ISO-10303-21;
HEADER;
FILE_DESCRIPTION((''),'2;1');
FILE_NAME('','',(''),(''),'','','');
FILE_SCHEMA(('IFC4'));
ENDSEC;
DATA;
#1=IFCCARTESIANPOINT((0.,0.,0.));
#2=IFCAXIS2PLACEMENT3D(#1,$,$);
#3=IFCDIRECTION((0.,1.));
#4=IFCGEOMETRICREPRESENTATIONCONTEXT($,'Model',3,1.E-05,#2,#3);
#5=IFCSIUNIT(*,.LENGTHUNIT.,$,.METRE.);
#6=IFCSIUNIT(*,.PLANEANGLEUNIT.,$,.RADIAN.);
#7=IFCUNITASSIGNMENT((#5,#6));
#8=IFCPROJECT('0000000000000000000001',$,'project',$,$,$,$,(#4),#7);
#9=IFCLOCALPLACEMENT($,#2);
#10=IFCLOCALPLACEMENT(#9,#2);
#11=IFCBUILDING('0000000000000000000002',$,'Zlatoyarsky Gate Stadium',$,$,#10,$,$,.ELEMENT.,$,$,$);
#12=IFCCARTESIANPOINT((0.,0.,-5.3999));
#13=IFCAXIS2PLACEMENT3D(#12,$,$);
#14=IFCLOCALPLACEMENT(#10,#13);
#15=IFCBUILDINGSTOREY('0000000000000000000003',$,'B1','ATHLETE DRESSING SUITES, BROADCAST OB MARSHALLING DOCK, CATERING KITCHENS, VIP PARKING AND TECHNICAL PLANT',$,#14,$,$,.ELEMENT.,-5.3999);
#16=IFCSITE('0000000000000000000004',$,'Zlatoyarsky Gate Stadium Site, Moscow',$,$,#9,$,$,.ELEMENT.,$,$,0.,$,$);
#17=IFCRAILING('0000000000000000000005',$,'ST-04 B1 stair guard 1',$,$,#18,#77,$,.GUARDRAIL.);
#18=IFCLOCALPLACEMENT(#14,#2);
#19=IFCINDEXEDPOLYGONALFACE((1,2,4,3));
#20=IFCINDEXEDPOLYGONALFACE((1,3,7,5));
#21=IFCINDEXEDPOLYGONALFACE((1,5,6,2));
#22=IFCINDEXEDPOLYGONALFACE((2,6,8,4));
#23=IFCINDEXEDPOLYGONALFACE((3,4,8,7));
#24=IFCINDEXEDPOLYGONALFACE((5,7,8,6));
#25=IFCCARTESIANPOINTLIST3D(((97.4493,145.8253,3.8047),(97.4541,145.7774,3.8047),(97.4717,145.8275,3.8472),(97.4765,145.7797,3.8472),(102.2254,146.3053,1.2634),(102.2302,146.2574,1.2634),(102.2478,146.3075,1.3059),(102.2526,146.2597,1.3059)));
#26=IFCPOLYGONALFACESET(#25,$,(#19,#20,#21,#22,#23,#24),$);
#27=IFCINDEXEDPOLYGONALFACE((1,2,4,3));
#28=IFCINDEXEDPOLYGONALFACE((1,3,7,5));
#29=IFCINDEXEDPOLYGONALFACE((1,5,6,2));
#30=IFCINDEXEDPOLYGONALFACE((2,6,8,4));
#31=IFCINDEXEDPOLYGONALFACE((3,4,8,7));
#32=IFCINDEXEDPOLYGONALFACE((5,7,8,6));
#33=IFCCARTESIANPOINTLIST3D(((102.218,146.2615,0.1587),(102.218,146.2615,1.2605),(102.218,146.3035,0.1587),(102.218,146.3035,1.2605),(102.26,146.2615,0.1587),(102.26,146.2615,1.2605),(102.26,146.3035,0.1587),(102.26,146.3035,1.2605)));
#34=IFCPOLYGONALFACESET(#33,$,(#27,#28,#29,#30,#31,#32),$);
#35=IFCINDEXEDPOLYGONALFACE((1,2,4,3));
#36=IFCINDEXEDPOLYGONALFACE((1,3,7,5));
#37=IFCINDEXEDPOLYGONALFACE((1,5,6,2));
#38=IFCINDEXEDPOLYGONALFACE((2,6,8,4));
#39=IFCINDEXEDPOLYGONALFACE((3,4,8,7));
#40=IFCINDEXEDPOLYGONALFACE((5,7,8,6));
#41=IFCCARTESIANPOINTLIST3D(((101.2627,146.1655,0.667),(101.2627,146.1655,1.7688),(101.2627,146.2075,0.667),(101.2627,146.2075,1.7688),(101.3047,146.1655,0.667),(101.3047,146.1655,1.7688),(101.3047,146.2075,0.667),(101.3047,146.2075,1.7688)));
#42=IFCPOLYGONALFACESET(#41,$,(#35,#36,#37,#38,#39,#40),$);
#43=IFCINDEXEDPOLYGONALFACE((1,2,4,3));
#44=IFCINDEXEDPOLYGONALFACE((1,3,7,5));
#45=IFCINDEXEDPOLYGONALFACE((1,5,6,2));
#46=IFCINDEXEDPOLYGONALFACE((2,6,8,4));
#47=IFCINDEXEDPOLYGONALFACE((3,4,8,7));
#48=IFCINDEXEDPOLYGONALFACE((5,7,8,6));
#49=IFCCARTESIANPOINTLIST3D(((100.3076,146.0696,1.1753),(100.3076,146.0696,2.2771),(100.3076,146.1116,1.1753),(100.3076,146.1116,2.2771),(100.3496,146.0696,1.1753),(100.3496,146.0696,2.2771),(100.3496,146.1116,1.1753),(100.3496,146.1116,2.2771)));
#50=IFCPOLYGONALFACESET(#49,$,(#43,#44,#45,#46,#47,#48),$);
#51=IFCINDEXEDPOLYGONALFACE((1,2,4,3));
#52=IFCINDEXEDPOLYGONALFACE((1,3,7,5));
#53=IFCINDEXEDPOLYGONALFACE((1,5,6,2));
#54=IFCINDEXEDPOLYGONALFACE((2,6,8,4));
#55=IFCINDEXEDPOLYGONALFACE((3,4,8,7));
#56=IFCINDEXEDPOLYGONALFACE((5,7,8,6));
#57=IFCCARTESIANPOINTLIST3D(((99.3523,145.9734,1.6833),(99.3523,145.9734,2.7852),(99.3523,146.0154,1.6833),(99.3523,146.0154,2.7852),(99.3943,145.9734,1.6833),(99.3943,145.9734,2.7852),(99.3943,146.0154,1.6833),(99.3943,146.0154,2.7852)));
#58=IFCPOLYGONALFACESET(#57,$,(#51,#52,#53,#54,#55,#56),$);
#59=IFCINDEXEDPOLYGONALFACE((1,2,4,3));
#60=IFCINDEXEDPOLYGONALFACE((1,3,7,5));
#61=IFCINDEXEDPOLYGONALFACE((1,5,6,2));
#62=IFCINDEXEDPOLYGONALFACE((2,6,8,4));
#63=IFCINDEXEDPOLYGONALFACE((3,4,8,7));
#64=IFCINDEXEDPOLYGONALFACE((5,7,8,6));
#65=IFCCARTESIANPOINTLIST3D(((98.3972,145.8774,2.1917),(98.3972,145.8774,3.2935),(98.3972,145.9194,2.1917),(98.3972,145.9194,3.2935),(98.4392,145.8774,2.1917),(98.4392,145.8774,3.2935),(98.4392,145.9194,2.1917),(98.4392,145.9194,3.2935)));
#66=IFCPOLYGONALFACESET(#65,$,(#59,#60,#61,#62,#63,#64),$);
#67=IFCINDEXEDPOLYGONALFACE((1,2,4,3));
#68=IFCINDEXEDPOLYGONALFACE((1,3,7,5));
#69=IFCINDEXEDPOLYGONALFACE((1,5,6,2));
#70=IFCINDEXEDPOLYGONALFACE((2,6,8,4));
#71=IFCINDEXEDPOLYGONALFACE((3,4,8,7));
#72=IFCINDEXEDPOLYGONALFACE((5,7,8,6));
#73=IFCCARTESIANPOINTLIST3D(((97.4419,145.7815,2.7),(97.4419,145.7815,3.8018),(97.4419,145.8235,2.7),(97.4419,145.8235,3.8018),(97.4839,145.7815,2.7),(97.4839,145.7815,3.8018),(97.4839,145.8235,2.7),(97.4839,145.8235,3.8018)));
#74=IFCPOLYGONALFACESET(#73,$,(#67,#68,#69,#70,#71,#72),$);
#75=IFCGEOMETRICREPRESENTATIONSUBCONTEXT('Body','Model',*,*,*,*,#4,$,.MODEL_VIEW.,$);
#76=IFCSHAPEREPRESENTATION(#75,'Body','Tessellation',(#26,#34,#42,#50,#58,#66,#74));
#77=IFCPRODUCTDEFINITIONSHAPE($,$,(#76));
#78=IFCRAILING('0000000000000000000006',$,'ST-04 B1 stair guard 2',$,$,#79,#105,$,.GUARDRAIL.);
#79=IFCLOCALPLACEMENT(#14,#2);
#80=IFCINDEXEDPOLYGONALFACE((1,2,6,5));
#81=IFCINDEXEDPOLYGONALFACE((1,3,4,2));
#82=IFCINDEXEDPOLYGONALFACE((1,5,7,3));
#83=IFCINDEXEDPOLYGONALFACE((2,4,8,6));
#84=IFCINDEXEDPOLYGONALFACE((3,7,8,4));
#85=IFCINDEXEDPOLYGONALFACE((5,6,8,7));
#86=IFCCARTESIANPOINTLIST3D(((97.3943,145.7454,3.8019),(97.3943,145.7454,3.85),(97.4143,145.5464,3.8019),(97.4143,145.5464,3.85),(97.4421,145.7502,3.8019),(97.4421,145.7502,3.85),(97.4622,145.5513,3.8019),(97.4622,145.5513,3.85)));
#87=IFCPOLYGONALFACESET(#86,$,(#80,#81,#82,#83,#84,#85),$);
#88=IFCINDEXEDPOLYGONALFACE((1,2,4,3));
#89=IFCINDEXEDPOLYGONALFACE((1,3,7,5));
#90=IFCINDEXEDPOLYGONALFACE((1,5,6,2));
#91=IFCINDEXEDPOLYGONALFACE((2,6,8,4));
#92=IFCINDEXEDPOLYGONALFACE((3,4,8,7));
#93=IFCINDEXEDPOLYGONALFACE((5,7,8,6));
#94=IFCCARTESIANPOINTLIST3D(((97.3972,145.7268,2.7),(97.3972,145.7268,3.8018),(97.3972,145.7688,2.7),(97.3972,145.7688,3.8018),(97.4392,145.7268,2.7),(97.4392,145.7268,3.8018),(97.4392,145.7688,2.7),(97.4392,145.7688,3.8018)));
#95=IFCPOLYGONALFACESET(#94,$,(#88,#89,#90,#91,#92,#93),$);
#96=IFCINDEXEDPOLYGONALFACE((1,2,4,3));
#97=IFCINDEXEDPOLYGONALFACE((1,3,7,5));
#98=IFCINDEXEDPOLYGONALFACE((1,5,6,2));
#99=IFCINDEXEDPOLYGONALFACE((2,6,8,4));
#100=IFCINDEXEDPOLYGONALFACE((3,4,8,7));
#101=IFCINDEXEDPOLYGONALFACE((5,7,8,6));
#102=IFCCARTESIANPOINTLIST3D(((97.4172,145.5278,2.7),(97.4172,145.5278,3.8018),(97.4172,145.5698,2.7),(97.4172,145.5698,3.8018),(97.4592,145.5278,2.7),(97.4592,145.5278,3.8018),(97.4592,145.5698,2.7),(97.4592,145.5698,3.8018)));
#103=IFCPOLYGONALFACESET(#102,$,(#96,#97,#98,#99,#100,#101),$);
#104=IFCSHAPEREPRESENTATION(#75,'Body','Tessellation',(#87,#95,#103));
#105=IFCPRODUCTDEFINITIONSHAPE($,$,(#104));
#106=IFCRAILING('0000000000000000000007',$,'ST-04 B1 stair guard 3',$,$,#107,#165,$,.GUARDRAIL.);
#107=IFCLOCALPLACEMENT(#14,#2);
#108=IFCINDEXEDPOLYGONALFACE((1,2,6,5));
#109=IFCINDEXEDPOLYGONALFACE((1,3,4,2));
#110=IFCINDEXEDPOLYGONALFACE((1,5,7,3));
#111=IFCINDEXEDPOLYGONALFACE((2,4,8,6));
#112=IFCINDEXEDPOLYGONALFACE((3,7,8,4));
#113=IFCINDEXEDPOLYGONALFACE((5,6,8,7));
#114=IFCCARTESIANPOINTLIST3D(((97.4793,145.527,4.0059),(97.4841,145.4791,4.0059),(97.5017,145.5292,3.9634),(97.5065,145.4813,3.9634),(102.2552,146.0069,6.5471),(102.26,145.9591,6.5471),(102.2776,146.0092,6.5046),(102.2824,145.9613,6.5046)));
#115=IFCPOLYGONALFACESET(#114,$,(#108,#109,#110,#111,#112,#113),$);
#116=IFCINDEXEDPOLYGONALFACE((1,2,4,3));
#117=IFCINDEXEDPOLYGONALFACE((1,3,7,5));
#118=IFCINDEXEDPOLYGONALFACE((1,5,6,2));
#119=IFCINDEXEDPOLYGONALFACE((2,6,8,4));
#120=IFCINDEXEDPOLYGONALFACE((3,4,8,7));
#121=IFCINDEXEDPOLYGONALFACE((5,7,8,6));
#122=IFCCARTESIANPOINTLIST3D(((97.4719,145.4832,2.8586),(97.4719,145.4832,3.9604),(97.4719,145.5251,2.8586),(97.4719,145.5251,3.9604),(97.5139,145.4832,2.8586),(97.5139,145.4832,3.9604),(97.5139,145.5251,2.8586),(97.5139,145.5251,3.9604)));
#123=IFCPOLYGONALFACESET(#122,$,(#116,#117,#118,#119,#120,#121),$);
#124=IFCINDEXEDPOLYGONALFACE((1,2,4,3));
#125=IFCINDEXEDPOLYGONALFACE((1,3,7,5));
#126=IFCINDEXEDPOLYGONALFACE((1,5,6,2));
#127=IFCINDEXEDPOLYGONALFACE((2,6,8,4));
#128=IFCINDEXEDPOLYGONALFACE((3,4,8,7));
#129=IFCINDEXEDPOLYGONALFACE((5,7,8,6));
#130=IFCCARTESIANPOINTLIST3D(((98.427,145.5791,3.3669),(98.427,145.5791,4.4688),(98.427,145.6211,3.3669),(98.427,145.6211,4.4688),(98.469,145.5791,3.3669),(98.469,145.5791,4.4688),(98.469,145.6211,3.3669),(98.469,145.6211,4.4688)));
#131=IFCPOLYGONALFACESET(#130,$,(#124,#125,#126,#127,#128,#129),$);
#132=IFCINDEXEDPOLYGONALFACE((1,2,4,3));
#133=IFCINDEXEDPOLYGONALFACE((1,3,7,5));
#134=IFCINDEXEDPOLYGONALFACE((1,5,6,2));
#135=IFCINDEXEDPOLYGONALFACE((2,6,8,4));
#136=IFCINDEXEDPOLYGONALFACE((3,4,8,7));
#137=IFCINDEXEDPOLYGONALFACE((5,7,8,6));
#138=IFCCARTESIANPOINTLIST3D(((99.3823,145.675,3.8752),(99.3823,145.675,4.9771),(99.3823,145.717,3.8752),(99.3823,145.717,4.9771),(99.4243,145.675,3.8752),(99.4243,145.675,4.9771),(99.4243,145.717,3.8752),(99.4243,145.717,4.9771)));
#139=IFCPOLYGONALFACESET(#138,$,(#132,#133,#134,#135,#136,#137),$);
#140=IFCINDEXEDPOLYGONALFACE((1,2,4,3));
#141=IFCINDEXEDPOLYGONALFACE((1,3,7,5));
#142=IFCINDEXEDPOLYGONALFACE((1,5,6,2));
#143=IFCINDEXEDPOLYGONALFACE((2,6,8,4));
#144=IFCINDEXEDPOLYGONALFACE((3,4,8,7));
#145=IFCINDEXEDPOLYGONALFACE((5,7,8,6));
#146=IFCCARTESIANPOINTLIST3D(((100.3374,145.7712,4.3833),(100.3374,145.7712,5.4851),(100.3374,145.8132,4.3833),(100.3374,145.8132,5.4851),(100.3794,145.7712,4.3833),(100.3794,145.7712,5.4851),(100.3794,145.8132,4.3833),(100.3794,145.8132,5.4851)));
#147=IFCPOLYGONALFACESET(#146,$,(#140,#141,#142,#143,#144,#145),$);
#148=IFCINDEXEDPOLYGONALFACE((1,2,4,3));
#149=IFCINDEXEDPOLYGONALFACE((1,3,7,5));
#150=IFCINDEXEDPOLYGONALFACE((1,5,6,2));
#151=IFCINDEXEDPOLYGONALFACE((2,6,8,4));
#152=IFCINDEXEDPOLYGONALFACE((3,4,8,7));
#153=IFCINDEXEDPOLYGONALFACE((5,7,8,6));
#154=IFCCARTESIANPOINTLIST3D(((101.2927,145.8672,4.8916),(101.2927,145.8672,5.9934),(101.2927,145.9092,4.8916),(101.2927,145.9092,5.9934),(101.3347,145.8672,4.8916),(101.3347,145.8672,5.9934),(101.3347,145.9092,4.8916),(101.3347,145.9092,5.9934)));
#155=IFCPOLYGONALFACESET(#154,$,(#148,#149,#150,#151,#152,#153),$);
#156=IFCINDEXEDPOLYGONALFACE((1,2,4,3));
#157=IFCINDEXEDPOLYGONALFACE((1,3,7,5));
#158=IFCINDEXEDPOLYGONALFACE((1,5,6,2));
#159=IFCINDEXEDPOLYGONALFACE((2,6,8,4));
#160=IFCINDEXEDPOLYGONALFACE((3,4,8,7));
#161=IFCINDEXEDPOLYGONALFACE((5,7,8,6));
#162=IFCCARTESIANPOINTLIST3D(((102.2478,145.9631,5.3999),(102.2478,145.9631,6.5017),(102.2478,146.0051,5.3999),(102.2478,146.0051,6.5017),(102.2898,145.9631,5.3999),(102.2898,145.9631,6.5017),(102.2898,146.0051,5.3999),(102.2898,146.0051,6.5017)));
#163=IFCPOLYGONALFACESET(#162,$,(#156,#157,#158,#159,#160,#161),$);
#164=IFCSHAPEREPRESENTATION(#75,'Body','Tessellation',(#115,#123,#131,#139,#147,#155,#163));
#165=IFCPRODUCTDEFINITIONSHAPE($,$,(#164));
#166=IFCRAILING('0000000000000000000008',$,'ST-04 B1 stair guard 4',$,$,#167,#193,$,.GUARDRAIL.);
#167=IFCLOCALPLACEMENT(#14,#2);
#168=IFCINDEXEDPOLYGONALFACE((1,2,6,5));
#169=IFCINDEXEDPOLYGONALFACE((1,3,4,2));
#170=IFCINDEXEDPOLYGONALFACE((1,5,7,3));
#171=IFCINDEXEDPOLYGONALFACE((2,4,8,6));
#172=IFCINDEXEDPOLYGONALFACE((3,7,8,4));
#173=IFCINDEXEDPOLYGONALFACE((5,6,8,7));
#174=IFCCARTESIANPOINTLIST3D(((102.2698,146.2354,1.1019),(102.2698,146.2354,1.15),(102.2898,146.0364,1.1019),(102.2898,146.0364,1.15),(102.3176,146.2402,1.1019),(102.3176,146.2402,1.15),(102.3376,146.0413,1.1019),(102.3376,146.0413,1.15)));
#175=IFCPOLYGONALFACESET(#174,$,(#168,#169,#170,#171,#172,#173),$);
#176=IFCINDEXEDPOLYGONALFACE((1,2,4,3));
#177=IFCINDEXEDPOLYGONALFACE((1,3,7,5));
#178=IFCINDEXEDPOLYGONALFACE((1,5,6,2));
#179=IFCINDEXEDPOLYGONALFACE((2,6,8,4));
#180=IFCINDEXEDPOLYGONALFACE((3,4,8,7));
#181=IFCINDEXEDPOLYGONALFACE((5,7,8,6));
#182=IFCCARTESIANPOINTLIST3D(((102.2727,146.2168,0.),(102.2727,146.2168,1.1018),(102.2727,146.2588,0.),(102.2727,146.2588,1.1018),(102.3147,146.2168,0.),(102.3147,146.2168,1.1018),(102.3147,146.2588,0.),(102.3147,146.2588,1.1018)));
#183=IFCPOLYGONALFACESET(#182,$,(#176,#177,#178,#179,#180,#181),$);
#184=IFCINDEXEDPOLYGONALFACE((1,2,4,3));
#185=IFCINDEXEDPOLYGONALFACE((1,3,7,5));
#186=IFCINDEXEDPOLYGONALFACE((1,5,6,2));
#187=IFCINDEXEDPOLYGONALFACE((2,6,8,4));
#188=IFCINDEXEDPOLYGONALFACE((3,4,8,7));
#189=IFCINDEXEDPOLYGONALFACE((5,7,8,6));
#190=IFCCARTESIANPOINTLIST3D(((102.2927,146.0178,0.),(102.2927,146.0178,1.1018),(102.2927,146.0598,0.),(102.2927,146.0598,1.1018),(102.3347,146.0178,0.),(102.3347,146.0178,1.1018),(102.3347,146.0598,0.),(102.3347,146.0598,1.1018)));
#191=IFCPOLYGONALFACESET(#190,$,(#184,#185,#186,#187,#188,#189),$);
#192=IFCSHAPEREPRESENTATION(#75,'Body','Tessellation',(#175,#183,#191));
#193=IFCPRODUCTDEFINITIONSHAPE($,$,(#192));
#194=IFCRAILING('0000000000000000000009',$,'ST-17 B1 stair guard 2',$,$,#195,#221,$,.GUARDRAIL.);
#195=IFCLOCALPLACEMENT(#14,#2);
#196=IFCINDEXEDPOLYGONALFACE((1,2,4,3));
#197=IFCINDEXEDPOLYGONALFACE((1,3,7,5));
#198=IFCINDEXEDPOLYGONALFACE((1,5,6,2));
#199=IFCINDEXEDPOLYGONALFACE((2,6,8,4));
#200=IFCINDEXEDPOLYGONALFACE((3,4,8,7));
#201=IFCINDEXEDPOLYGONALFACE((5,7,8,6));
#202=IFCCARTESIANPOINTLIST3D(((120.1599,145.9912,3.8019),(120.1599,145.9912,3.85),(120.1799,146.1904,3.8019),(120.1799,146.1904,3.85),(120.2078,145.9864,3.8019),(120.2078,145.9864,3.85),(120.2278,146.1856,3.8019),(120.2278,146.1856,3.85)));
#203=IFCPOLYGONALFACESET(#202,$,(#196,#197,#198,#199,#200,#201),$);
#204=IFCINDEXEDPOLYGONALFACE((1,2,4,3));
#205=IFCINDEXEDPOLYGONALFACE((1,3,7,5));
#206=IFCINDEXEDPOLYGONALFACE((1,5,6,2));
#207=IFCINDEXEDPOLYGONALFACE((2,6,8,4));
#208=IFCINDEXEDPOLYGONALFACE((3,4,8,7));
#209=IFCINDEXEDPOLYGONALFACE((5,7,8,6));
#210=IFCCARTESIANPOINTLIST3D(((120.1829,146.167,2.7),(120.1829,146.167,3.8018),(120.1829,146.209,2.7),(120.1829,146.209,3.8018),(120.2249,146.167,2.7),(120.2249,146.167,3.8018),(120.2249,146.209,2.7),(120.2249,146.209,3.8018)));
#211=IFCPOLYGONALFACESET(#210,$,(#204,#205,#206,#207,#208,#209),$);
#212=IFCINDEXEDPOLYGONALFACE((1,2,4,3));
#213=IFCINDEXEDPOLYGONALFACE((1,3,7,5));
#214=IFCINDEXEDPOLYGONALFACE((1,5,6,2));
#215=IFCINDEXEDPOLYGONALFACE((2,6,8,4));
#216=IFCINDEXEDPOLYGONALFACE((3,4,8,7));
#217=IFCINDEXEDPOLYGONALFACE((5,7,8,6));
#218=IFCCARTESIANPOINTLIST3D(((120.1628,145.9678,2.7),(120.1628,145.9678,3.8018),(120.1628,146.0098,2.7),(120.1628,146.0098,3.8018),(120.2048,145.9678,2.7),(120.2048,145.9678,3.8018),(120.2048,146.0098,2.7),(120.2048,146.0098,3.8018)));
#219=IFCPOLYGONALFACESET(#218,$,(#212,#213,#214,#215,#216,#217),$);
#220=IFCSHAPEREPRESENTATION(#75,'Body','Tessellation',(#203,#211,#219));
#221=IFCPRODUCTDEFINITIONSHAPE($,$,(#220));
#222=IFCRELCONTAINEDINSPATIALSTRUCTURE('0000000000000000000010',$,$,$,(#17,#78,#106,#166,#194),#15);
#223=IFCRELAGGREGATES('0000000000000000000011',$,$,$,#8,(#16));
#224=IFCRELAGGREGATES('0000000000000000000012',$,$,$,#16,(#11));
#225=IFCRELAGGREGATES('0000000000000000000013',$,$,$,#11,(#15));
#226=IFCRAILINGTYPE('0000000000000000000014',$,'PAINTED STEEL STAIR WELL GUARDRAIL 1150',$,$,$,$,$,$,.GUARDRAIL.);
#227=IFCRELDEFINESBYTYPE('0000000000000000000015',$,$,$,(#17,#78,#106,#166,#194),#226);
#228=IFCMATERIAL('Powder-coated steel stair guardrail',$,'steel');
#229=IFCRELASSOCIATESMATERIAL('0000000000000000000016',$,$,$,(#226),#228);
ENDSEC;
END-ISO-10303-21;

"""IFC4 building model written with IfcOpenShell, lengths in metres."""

from ifc_helpers import new_model, si_unit, direction, frame, origin, origin_2d, place, context, subcontext, project, spatial, rectangle, extrude, material, type_object, element, save


model = new_model("IFC4")

# Units and contexts
model_context = context("Model", 3, precision=1e-05, world=origin(), true_north=direction((0.0, 1.0)))
body_context = subcontext(model_context, "Body", "Model", "MODEL_VIEW")
ifc_project = project(units=[si_unit("LENGTHUNIT", "METRE"), si_unit("PLANEANGLEUNIT", "RADIAN")], contexts=[model_context])

# Site, building, storey
site_placement = place(None, origin())
site = spatial("IfcSite", under=ifc_project, at=site_placement, Name="Zlatoyarsky Gate Stadium Site, Moscow", CompositionType="ELEMENT", RefElevation=0.0)
building_placement = place(site_placement, origin())
building = spatial("IfcBuilding", under=site, at=building_placement, Name="Zlatoyarsky Gate Stadium", CompositionType="ELEMENT")
storey_placement = place(building_placement, frame((0.0, 0.0, -5.3999)))
storey = spatial("IfcBuildingStorey", under=building, at=storey_placement, Name="B1", Description="ATHLETE DRESSING SUITES, BROADCAST OB MARSHALLING DOCK, CATERING KITCHENS, VIP PARKING AND TECHNICAL PLANT", CompositionType="ELEMENT", Elevation=-5.3999)

# Railings
ifc_material_1 = material(Name="Powder-coated steel stair guardrail", Category="steel")
railing_type_1 = type_object("IfcRailingType", Name="PAINTED STEEL STAIR WELL GUARDRAIL 1150", PredefinedType="GUARDRAIL", material=ifc_material_1)
railing_1_placement = place(storey_placement, frame((102.239, 146.2825, 0.1587)))
element("IfcRailing", 1, at=railing_1_placement, inside=storey, type_object=railing_type_1, Name="ST-04 B1 stair guard 1", PredefinedType="GUARDRAIL", context=body_context, shape_type="SweptSolid", body=[
    extrude(rectangle(XDim=0.0481, YDim=0.0481, at=origin_2d()), frame((0.0, 0.0, 1.126), z_axis=(-0.879359, -0.088372, 0.467886), x_axis=(0.099992, -0.994988, 0.0)), (0.0, 0.0, 1.0), 5.4314),
    extrude(rectangle(XDim=0.042, YDim=0.042, at=origin_2d()), origin(), (0.0, 0.0, 1.0), 1.1018),
    extrude(rectangle(XDim=0.042, YDim=0.042, at=origin_2d()), frame((-0.9553, -0.0959, 0.5083)), (0.0, 0.0, 1.0), 1.1018),
    extrude(rectangle(XDim=0.042, YDim=0.042, at=origin_2d()), frame((-1.9104, -0.1919, 1.0166)), (0.0, 0.0, 1.0), 1.1018),
    extrude(rectangle(XDim=0.042, YDim=0.042, at=origin_2d()), frame((-2.8657, -0.2881, 1.5247)), (0.0, 0.0, 1.0), 1.1018),
    extrude(rectangle(XDim=0.042, YDim=0.042, at=origin_2d()), frame((-3.8208, -0.384, 2.033)), (0.0, 0.0, 1.0), 1.1018),
    extrude(rectangle(XDim=0.042, YDim=0.042, at=origin_2d()), frame((-4.7761, -0.48, 2.5413)), (0.0, 0.0, 1.0), 1.1018),
])
railing_2_placement = place(storey_placement, frame((97.4182, 145.7478, 2.7)))
element("IfcRailing", 2, at=railing_2_placement, inside=storey, type_object=railing_type_1, Name="ST-04 B1 stair guard 2", PredefinedType="GUARDRAIL", context=body_context, shape_type="SweptSolid", body=[
    extrude(rectangle(XDim=0.0481, YDim=0.0481, at=origin_2d()), frame((0.0, 0.0, 1.126), z_axis=(0.100108, -0.994977, 0.0), x_axis=(0.994977, 0.100108, 0.0)), (0.0, 0.0, 1.0), 0.2),
    extrude(rectangle(XDim=0.042, YDim=0.042, at=origin_2d()), origin(), (0.0, 0.0, 1.0), 1.1018),
    extrude(rectangle(XDim=0.042, YDim=0.042, at=origin_2d()), frame((0.02, -0.199, 0.0)), (0.0, 0.0, 1.0), 1.1018),
])
railing_3_placement = place(storey_placement, frame((97.4929, 145.5042, 2.8586)))
element("IfcRailing", 3, at=railing_3_placement, inside=storey, type_object=railing_type_1, Name="ST-04 B1 stair guard 3", PredefinedType="GUARDRAIL", context=body_context, shape_type="SweptSolid", body=[
    extrude(rectangle(XDim=0.0481, YDim=0.0481, at=origin_2d()), frame((0.0, 0.0, 1.126), z_axis=(0.879349, 0.088375, 0.467904), x_axis=(-0.099997, 0.994988, 0.0)), (0.0, 0.0, 1.0), 5.4312),
    extrude(rectangle(XDim=0.042, YDim=0.042, at=origin_2d()), origin(), (0.0, 0.0, 1.0), 1.1018),
    extrude(rectangle(XDim=0.042, YDim=0.042, at=origin_2d()), frame((0.9551, 0.0959, 0.5083)), (0.0, 0.0, 1.0), 1.1018),
    extrude(rectangle(XDim=0.042, YDim=0.042, at=origin_2d()), frame((1.9104, 0.1919, 1.0166)), (0.0, 0.0, 1.0), 1.1018),
    extrude(rectangle(XDim=0.042, YDim=0.042, at=origin_2d()), frame((2.8655, 0.2881, 1.5247)), (0.0, 0.0, 1.0), 1.1018),
    extrude(rectangle(XDim=0.042, YDim=0.042, at=origin_2d()), frame((3.8208, 0.384, 2.033)), (0.0, 0.0, 1.0), 1.1018),
    extrude(rectangle(XDim=0.042, YDim=0.042, at=origin_2d()), frame((4.7759, 0.48, 2.5413)), (0.0, 0.0, 1.0), 1.1018),
])
railing_4_placement = place(storey_placement, frame((102.2937, 146.2378, 0.0)))
element("IfcRailing", 4, at=railing_4_placement, inside=storey, type_object=railing_type_1, Name="ST-04 B1 stair guard 4", PredefinedType="GUARDRAIL", context=body_context, shape_type="SweptSolid", body=[
    extrude(rectangle(XDim=0.0481, YDim=0.0481, at=origin_2d()), frame((0.0, 0.0, 1.126), z_axis=(0.100108, -0.994977, 0.0), x_axis=(0.994977, 0.100108, 0.0)), (0.0, 0.0, 1.0), 0.2),
    extrude(rectangle(XDim=0.042, YDim=0.042, at=origin_2d()), origin(), (0.0, 0.0, 1.0), 1.1018),
    extrude(rectangle(XDim=0.042, YDim=0.042, at=origin_2d()), frame((0.02, -0.199, 0.0)), (0.0, 0.0, 1.0), 1.1018),
])
railing_5_placement = place(storey_placement, frame((120.2039, 146.188, 2.7)))
element("IfcRailing", 5, at=railing_5_placement, inside=storey, type_object=railing_type_1, Name="ST-17 B1 stair guard 2", PredefinedType="GUARDRAIL", context=body_context, shape_type="SweptSolid", body=[
    extrude(rectangle(XDim=0.0481, YDim=0.0481, at=origin_2d()), frame((0.0, 0.0, 1.126), z_axis=(-0.099987, -0.994989, 0.0), x_axis=(0.994989, -0.099987, 0.0)), (0.0, 0.0, 1.0), 0.2002),
    extrude(rectangle(XDim=0.042, YDim=0.042, at=origin_2d()), origin(), (0.0, 0.0, 1.0), 1.1018),
    extrude(rectangle(XDim=0.042, YDim=0.042, at=origin_2d()), frame((-0.02, -0.1992, 0.0)), (0.0, 0.0, 1.0), 1.1018),
])

save(model, "model.ifc")
